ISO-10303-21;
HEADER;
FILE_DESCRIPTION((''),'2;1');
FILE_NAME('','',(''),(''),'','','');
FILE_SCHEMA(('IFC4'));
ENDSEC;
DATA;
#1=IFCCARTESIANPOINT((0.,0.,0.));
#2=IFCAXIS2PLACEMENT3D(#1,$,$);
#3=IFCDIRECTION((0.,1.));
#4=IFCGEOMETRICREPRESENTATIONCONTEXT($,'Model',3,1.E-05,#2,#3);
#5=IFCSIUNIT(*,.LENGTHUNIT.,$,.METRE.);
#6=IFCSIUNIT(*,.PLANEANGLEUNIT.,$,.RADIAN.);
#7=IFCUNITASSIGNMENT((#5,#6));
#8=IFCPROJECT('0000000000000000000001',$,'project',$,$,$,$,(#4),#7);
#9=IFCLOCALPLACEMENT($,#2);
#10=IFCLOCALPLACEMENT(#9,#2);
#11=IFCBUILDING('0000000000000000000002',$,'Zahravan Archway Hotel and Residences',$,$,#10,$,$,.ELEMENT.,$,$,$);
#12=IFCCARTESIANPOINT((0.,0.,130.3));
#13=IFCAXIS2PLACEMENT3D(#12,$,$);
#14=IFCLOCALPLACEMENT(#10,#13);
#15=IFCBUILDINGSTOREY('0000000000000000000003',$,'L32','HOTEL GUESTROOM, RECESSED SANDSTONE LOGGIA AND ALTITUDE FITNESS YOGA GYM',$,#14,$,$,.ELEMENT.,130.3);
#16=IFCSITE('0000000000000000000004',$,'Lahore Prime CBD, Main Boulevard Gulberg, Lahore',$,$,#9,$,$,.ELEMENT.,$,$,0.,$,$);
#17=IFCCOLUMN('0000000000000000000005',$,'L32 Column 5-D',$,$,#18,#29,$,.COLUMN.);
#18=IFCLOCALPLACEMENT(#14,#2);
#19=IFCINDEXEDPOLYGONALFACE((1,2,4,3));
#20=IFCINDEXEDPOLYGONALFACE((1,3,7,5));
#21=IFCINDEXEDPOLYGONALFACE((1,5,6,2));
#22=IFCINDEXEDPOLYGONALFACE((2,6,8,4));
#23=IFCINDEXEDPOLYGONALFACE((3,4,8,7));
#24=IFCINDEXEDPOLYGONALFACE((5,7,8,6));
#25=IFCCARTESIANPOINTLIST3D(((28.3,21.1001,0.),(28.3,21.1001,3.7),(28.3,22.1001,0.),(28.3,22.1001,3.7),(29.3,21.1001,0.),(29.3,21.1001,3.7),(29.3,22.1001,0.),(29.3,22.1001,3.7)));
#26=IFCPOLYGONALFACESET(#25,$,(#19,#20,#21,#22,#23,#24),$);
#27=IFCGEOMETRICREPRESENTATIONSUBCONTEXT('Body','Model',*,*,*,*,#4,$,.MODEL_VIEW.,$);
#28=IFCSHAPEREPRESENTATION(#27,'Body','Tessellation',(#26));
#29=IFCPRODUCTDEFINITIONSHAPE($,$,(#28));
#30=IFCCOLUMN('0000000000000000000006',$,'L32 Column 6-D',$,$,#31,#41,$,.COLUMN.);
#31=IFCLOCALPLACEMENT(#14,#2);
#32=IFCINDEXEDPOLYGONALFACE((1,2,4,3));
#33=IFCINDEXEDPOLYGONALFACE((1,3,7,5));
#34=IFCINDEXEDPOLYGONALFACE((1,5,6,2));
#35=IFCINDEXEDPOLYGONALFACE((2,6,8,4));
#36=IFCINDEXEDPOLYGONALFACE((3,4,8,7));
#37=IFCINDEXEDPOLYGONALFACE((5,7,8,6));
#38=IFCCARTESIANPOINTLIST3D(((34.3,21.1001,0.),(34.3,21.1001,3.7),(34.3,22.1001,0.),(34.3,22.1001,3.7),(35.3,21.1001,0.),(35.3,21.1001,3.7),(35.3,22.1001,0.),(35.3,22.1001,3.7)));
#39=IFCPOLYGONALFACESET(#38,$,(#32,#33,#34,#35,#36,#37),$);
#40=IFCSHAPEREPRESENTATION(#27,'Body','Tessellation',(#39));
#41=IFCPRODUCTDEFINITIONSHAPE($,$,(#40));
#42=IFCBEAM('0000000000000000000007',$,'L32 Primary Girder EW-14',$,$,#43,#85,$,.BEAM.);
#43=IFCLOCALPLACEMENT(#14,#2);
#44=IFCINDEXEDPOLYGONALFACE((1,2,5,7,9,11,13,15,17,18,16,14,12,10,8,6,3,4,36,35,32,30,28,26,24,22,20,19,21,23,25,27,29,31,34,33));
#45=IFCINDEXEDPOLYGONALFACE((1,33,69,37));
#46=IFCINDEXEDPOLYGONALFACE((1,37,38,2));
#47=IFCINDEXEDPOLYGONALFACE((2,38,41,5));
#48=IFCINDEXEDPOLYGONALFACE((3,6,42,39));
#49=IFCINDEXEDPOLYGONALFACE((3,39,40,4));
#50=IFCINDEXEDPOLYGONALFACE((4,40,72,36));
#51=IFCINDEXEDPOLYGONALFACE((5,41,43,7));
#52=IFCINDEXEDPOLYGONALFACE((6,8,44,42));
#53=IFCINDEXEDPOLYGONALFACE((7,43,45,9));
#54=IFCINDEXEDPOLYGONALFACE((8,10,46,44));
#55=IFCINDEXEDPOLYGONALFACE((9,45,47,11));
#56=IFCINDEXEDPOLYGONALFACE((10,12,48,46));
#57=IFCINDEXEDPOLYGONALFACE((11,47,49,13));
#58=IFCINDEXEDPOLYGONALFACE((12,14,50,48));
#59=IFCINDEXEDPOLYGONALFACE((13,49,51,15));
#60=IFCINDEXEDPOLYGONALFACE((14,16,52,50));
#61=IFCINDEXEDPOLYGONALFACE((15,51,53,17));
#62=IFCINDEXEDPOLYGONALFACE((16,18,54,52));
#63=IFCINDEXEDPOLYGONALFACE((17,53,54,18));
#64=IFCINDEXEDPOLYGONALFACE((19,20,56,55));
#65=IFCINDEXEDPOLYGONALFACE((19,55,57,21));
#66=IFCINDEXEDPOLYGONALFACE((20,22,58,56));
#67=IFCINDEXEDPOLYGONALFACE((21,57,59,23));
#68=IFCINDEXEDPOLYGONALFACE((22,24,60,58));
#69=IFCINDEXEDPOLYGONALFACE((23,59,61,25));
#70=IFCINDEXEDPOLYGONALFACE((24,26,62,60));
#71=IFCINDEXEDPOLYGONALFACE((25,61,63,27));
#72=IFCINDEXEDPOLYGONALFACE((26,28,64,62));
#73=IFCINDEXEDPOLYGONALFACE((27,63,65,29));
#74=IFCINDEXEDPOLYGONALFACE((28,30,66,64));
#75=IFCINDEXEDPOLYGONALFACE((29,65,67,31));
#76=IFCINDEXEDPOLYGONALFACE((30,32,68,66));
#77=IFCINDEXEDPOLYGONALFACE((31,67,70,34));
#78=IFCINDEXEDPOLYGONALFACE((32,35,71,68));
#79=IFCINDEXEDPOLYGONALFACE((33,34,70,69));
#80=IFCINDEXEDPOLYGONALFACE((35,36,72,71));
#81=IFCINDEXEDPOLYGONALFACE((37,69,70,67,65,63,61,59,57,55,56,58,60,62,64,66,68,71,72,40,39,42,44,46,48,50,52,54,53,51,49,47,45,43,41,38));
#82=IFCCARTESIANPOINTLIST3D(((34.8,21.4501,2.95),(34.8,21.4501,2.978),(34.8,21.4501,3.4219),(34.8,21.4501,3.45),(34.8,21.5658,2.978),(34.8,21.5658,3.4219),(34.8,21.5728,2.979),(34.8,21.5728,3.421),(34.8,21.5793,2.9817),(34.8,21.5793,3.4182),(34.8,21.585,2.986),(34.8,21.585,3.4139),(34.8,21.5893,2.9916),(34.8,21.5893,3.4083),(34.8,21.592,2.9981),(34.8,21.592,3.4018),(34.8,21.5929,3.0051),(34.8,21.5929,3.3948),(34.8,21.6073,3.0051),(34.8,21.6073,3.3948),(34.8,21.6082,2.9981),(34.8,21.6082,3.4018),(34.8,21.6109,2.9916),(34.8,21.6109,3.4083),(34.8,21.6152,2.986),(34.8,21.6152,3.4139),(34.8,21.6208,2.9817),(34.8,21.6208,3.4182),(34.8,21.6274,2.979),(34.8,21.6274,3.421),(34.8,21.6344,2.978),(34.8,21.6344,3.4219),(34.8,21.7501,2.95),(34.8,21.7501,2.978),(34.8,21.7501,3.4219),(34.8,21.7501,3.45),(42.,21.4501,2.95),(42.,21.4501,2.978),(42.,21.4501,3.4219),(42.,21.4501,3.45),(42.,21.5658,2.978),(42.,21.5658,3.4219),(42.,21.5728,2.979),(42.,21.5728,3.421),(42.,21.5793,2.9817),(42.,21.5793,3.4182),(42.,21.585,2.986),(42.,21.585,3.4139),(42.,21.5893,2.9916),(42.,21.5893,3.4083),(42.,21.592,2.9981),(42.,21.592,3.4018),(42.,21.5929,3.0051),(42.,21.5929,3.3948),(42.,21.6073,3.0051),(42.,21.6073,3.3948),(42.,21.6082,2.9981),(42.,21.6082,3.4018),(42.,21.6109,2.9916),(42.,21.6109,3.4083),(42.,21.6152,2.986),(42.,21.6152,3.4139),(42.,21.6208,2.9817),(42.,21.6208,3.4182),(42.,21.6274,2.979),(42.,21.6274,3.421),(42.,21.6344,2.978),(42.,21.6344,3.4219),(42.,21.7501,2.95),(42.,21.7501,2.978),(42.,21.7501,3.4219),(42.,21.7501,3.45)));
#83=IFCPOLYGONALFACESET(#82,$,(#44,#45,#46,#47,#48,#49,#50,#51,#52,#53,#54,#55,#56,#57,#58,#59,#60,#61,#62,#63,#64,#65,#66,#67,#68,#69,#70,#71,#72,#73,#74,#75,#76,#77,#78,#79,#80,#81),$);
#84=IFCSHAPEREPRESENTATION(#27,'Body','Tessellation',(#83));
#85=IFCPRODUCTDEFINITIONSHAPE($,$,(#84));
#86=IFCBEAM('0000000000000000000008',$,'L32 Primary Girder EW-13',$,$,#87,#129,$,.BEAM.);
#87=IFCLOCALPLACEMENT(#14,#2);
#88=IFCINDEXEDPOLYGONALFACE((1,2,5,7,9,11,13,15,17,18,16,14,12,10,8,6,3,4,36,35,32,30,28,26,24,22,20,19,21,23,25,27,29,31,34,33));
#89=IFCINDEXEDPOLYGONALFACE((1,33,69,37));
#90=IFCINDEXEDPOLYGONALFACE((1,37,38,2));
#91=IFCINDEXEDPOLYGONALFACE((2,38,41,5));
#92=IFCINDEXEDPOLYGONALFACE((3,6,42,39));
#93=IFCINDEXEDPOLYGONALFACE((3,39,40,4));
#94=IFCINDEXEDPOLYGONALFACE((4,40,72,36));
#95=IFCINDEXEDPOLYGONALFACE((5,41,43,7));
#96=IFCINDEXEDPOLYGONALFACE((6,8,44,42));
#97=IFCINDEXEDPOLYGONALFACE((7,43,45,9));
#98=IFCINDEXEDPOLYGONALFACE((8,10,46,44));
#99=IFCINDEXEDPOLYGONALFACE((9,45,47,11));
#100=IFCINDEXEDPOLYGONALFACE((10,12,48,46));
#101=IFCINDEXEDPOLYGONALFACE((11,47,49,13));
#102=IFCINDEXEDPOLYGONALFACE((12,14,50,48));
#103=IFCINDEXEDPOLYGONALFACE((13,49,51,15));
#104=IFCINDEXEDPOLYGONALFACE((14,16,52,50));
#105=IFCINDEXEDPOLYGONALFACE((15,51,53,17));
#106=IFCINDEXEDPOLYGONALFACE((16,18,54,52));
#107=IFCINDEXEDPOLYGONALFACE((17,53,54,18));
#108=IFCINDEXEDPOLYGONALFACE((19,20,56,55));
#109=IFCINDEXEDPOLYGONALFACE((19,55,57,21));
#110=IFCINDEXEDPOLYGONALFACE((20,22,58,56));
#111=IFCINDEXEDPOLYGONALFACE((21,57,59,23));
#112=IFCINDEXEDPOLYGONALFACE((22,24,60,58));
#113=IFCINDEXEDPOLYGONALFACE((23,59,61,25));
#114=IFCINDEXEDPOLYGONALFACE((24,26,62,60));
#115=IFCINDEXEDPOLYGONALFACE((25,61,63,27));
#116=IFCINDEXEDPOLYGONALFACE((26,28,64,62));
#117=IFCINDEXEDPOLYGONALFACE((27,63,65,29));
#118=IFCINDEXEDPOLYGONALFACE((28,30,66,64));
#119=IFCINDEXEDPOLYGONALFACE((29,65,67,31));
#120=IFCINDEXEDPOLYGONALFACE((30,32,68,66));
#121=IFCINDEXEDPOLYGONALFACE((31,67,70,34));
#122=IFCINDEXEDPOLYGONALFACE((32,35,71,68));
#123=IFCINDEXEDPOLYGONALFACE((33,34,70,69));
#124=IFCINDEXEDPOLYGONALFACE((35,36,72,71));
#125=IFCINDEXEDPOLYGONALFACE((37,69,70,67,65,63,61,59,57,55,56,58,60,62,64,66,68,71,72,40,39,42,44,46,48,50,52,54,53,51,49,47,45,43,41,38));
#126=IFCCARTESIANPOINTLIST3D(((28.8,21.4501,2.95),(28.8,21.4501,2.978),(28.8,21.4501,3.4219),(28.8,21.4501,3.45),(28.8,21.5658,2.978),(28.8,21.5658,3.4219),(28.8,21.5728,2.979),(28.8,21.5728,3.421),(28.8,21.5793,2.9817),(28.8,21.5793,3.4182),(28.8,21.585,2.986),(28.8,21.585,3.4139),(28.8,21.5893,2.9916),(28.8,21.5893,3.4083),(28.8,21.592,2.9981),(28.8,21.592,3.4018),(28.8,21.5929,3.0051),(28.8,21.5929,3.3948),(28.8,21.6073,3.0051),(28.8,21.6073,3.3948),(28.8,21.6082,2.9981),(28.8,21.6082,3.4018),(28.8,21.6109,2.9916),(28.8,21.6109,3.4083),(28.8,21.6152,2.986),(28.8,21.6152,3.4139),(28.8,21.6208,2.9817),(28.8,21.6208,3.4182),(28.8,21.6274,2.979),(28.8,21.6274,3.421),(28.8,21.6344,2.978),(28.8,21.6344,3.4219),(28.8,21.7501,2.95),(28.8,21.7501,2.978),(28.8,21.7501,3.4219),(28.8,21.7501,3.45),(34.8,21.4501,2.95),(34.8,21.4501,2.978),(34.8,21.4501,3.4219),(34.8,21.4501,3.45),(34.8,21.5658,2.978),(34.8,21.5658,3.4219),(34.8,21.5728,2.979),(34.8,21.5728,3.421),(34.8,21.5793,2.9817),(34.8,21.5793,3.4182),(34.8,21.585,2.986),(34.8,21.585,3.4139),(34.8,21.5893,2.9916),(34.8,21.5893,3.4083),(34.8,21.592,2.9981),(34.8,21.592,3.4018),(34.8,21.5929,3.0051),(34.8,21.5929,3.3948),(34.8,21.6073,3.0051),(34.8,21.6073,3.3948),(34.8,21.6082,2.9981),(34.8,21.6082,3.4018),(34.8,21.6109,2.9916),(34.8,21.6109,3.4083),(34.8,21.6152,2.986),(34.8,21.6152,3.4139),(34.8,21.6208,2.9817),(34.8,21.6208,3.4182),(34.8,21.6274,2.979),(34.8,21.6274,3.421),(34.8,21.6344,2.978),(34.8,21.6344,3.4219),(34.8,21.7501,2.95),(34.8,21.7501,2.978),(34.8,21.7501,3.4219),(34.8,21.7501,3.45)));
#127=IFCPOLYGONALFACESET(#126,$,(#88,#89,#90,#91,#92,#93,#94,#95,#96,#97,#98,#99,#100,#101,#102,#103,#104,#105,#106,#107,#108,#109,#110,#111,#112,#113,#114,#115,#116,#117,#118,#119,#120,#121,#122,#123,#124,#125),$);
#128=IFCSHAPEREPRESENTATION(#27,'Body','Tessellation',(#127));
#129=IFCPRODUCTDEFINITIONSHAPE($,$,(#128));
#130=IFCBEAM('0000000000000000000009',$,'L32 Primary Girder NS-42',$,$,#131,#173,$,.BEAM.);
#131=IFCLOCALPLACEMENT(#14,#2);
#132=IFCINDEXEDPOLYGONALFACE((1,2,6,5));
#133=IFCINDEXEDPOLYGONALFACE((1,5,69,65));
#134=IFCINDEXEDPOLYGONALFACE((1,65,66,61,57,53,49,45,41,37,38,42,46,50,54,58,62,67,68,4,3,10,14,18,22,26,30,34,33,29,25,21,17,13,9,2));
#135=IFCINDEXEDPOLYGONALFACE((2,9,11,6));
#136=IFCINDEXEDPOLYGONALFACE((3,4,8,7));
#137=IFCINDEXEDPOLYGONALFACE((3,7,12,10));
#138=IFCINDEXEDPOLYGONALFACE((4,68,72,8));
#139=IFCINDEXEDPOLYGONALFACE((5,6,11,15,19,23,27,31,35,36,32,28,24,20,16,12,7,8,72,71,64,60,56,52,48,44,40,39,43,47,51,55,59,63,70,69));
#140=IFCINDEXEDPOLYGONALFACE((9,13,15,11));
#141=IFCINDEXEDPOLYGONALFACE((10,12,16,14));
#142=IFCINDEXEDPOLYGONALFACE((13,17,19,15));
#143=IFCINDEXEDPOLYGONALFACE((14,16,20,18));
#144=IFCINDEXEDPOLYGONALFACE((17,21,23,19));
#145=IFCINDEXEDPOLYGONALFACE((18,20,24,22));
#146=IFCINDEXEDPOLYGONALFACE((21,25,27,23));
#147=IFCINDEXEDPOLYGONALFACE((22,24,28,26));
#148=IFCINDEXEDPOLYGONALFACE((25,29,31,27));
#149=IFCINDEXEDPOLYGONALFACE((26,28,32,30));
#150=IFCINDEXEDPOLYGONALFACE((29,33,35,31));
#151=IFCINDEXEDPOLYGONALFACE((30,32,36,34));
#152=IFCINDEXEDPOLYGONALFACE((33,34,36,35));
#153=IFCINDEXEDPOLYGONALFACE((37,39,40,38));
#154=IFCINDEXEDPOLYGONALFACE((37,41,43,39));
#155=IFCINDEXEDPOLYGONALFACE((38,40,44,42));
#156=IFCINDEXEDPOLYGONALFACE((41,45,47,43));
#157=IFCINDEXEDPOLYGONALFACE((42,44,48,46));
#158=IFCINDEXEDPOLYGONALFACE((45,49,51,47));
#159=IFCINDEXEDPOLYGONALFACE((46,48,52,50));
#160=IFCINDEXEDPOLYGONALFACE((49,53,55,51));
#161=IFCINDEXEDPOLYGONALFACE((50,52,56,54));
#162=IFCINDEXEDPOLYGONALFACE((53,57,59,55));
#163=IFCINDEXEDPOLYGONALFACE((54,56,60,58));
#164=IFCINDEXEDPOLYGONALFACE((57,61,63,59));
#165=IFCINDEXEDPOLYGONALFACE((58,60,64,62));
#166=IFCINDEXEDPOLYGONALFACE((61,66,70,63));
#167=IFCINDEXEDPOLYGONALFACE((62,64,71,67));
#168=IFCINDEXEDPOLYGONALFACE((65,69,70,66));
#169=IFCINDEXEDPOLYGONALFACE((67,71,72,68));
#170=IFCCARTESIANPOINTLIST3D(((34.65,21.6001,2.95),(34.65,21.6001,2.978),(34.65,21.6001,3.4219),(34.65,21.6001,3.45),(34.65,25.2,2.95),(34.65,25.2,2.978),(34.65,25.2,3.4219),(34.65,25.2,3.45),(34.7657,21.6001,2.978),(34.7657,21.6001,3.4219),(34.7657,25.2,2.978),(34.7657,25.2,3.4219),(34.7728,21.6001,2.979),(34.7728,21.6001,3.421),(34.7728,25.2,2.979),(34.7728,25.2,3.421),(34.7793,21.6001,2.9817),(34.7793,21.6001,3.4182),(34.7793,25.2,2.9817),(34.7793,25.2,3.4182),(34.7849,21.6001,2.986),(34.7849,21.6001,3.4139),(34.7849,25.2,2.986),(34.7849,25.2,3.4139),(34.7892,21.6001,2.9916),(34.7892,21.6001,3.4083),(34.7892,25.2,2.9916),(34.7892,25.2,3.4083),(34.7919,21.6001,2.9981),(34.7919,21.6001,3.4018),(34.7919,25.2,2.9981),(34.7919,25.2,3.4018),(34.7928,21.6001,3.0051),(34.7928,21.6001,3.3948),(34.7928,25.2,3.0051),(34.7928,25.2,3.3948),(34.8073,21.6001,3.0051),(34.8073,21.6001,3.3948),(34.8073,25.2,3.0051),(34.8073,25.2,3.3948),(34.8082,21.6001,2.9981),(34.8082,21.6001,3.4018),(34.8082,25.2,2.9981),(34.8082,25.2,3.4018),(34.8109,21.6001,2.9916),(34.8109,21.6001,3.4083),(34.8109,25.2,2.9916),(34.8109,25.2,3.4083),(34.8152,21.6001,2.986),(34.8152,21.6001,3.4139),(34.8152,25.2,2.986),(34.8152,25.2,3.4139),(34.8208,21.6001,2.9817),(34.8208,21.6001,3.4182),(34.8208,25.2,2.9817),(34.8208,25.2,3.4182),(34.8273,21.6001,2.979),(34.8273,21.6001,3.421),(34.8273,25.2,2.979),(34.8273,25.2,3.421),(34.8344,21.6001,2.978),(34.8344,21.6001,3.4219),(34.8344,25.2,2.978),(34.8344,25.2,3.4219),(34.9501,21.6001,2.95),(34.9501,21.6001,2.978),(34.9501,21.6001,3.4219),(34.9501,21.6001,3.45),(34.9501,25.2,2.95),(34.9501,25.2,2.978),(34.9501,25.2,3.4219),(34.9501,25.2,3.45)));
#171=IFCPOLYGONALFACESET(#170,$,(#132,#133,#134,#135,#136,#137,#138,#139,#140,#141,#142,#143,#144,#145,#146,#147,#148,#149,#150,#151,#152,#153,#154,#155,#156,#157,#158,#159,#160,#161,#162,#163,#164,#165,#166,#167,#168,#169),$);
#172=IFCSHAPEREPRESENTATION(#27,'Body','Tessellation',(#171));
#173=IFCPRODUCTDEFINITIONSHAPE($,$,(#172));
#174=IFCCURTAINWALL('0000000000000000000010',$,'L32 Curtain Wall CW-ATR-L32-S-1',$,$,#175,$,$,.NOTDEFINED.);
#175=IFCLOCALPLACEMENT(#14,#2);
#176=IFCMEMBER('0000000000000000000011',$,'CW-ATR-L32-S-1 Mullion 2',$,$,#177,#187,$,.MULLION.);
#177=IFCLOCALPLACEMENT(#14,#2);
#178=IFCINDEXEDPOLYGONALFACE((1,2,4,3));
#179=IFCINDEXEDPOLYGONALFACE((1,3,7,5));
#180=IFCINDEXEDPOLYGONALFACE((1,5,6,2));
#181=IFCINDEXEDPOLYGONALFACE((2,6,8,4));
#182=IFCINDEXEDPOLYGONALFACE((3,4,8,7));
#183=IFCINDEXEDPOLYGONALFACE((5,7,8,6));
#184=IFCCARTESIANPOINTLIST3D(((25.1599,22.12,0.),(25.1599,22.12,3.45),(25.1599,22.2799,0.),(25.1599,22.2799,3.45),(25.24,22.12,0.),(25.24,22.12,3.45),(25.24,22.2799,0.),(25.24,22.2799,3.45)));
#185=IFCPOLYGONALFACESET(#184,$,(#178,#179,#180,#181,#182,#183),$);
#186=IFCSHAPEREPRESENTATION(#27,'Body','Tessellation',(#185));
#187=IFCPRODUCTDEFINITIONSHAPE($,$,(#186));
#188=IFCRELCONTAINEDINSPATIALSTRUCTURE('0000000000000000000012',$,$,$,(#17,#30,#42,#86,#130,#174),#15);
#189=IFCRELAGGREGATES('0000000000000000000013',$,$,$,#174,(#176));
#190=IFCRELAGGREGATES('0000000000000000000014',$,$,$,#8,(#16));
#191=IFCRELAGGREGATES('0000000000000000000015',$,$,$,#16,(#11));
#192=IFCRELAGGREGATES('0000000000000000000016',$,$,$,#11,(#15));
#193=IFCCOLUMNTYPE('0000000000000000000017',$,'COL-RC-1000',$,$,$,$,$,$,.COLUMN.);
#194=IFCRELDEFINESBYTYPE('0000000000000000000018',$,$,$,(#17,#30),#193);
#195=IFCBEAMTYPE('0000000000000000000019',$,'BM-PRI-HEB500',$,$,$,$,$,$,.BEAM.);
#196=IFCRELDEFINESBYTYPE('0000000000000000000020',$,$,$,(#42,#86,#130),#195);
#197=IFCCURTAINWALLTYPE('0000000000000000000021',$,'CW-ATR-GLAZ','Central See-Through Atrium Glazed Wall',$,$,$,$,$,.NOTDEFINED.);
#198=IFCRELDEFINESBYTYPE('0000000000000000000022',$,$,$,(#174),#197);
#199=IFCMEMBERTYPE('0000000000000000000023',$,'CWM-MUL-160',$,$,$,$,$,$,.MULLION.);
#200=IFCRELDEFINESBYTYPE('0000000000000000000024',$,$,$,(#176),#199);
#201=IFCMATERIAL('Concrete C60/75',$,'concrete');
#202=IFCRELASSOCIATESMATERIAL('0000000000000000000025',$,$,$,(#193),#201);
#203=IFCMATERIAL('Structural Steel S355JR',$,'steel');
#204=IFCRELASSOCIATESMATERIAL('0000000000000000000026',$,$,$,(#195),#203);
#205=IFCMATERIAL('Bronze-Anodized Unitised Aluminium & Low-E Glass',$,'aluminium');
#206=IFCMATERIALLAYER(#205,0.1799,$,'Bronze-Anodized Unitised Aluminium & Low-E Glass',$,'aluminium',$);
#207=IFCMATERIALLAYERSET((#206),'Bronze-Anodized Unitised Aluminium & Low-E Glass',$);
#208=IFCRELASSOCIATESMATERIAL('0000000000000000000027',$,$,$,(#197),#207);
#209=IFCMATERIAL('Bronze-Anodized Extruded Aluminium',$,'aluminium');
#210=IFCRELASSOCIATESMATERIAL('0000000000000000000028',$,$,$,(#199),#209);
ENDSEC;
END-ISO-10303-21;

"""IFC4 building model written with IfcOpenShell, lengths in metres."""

from ifc_helpers import new_model, si_unit, direction, frame, origin, origin_2d, place, context, subcontext, project, spatial, rectangle, i_section, extrude, source, transform, mapped, material, layer, layer_set, material_profile, profile_set, type_object, type_shapes, element, aggregate, save


model = new_model("IFC4")

# Units and contexts
model_context = context("Model", 3, precision=1e-05, world=origin(), true_north=direction((0.0, 1.0)))
body_context = subcontext(model_context, "Body", "Model", "MODEL_VIEW")
ifc_project = project(units=[si_unit("LENGTHUNIT", "METRE"), si_unit("PLANEANGLEUNIT", "RADIAN")], contexts=[model_context])

# Site, building, storey
site_placement = place(None, origin())
site = spatial("IfcSite", under=ifc_project, at=site_placement, Name="Lahore Prime CBD, Main Boulevard Gulberg, Lahore", CompositionType="ELEMENT", RefElevation=0.0)
building_placement = place(site_placement, origin())
building = spatial("IfcBuilding", under=site, at=building_placement, Name="Zahravan Archway Hotel and Residences", CompositionType="ELEMENT")
storey_placement = place(building_placement, frame((0.0, 0.0, 130.3)))
storey = spatial("IfcBuildingStorey", under=building, at=storey_placement, Name="L32", Description="HOTEL GUESTROOM, RECESSED SANDSTONE LOGGIA AND ALTITUDE FITNESS YOGA GYM", CompositionType="ELEMENT", Elevation=130.3)

# Columns
ifc_material_1 = material(Name="Concrete C60/75", Category="concrete")
ifc_material_profile_1 = material_profile(ifc_material_1, rectangle(XDim=1.0, YDim=1.0, at=origin_2d()), Name="RC-COL-1000x1000", Category="concrete")
ifc_profile_set_1 = profile_set([ifc_material_profile_1], Name="Concrete C60/75")
column_type = type_object("IfcColumnType", Name="COL-RC-1000", PredefinedType="COLUMN", material=ifc_profile_set_1)
shared_shape_1 = source(origin(), body_context, "Body", "SweptSolid", [
    extrude(rectangle(XDim=1.0, YDim=1.0, at=origin_2d()), origin(), (0.0, 0.0, 1.0), 3.7),
])
type_shapes(column_type, [shared_shape_1])
for number, where, z_axis, x_axis, name in (
    (1, (28.8, 21.6001, 0.0), (0.0, 0.0, 1.0), (1.0, 0.0, 0.0), "L32 Column 5-D"),
    (2, (34.8, 21.6001, 0.0), (0.0, 0.0, 1.0), (1.0, 0.0, 0.0), "L32 Column 6-D"),
):
    element("IfcColumn", number, at=place(storey_placement, frame(where, z_axis=z_axis, x_axis=x_axis)), inside=storey, type_object=column_type, Name=name, PredefinedType="COLUMN", context=body_context, shape_type="MappedRepresentation", body=[
        mapped(shared_shape_1, transform((0.0, 0.0, 0.0), scale=1.0)),
    ])

# Beams
ifc_material_2 = material(Name="Structural Steel S355JR", Category="steel")
ifc_material_profile_2 = material_profile(ifc_material_2, i_section(OverallWidth=0.3, OverallDepth=0.5, WebThickness=0.0144, FlangeThickness=0.0281, FilletRadius=0.0271, at=origin_2d()), Name="HEB 500", Category="steel")
ifc_profile_set_2 = profile_set([ifc_material_profile_2], Name="Structural Steel S355JR")
beam_type = type_object("IfcBeamType", Name="BM-PRI-HEB500", PredefinedType="BEAM", material=ifc_profile_set_2)
shared_shape_2 = source(origin(), body_context, "Body", "SweptSolid", [
    extrude(i_section(OverallWidth=0.3, OverallDepth=0.5, WebThickness=0.0144, FlangeThickness=0.0281, FilletRadius=0.0271, at=origin_2d()), origin(), (0.0, 0.0, 1.0), 7.2),
])
beam_1_placement = place(storey_placement, frame((34.8, 21.6001, 3.2), z_axis=(1.0, 0.0, 0.0), x_axis=(0.0, 1.0, 0.0)))
element("IfcBeam", 3, at=beam_1_placement, inside=storey, type_object=beam_type, Name="L32 Primary Girder EW-14", PredefinedType="BEAM", context=body_context, shape_type="MappedRepresentation", body=[
    mapped(shared_shape_2, transform((0.0, 0.0, 0.0), scale=1.0)),
])
shared_shape_3 = source(origin(), body_context, "Body", "SweptSolid", [
    extrude(i_section(OverallWidth=0.3, OverallDepth=0.5, WebThickness=0.0144, FlangeThickness=0.0281, FilletRadius=0.0271, at=origin_2d()), origin(), (0.0, 0.0, 1.0), 6.0),
])
beam_2_placement = place(storey_placement, frame((28.8, 21.6001, 3.2), z_axis=(1.0, 0.0, 0.0), x_axis=(0.0, 1.0, 0.0)))
element("IfcBeam", 4, at=beam_2_placement, inside=storey, type_object=beam_type, Name="L32 Primary Girder EW-13", PredefinedType="BEAM", context=body_context, shape_type="MappedRepresentation", body=[
    mapped(shared_shape_3, transform((0.0, 0.0, 0.0), scale=1.0)),
])
shared_shape_4 = source(origin(), body_context, "Body", "SweptSolid", [
    extrude(i_section(OverallWidth=0.3, OverallDepth=0.5, WebThickness=0.0144, FlangeThickness=0.0281, FilletRadius=0.0271, at=origin_2d()), origin(), (0.0, 0.0, 1.0), 3.5999),
])
beam_3_placement = place(storey_placement, frame((34.8, 21.6001, 3.2), z_axis=(0.0, 1.0, 0.0), x_axis=(-1.0, 0.0, 0.0)))
element("IfcBeam", 5, at=beam_3_placement, inside=storey, type_object=beam_type, Name="L32 Primary Girder NS-42", PredefinedType="BEAM", context=body_context, shape_type="MappedRepresentation", body=[
    mapped(shared_shape_4, transform((0.0, 0.0, 0.0), scale=1.0)),
])

# Curtain wall, member
ifc_material_3 = material(Name="Bronze-Anodized Unitised Aluminium & Low-E Glass", Category="aluminium")
ifc_layer_1 = layer(ifc_material_3, 0.1799, Name="Bronze-Anodized Unitised Aluminium & Low-E Glass", Category="aluminium")
ifc_layer_set_1 = layer_set([ifc_layer_1], Name="Bronze-Anodized Unitised Aluminium & Low-E Glass")
curtain_wall_type = type_object("IfcCurtainWallType", Name="CW-ATR-GLAZ", Description="Central See-Through Atrium Glazed Wall", PredefinedType="NOTDEFINED", material=ifc_layer_set_1)
curtain_wall_placement = place(storey_placement, origin())
curtain_wall = element("IfcCurtainWall", 6, at=curtain_wall_placement, inside=storey, type_object=curtain_wall_type, Name="L32 Curtain Wall CW-ATR-L32-S-1", PredefinedType="NOTDEFINED")
ifc_material_4 = material(Name="Bronze-Anodized Extruded Aluminium", Category="aluminium")
ifc_material_profile_3 = material_profile(ifc_material_4, rectangle(XDim=0.0801, YDim=0.1599, at=origin_2d()), Name="MUL 80x160", Category="aluminium")
ifc_profile_set_3 = profile_set([ifc_material_profile_3], Name="Bronze-Anodized Extruded Aluminium")
member_type_1 = type_object("IfcMemberType", Name="CWM-MUL-160", PredefinedType="MULLION", material=ifc_profile_set_3)
shared_shape_5 = source(origin(), body_context, "Body", "SweptSolid", [
    extrude(rectangle(XDim=0.0801, YDim=0.1599, at=origin_2d()), origin(), (0.0, 0.0, 1.0), 3.45),
])
member_1_placement = place(storey_placement, frame((25.2, 22.2, 0.0), z_axis=(0.0, 0.0, 1.0), x_axis=(1.0, 0.0, 0.0)))
member_1 = element("IfcMember", 7, at=member_1_placement, type_object=member_type_1, Name="CW-ATR-L32-S-1 Mullion 2", PredefinedType="MULLION", context=body_context, shape_type="MappedRepresentation", body=[
    mapped(shared_shape_5, transform((0.0, 0.0, 0.0), scale=1.0)),
])
aggregate(curtain_wall, [member_1])

save(model, "model.ifc")
